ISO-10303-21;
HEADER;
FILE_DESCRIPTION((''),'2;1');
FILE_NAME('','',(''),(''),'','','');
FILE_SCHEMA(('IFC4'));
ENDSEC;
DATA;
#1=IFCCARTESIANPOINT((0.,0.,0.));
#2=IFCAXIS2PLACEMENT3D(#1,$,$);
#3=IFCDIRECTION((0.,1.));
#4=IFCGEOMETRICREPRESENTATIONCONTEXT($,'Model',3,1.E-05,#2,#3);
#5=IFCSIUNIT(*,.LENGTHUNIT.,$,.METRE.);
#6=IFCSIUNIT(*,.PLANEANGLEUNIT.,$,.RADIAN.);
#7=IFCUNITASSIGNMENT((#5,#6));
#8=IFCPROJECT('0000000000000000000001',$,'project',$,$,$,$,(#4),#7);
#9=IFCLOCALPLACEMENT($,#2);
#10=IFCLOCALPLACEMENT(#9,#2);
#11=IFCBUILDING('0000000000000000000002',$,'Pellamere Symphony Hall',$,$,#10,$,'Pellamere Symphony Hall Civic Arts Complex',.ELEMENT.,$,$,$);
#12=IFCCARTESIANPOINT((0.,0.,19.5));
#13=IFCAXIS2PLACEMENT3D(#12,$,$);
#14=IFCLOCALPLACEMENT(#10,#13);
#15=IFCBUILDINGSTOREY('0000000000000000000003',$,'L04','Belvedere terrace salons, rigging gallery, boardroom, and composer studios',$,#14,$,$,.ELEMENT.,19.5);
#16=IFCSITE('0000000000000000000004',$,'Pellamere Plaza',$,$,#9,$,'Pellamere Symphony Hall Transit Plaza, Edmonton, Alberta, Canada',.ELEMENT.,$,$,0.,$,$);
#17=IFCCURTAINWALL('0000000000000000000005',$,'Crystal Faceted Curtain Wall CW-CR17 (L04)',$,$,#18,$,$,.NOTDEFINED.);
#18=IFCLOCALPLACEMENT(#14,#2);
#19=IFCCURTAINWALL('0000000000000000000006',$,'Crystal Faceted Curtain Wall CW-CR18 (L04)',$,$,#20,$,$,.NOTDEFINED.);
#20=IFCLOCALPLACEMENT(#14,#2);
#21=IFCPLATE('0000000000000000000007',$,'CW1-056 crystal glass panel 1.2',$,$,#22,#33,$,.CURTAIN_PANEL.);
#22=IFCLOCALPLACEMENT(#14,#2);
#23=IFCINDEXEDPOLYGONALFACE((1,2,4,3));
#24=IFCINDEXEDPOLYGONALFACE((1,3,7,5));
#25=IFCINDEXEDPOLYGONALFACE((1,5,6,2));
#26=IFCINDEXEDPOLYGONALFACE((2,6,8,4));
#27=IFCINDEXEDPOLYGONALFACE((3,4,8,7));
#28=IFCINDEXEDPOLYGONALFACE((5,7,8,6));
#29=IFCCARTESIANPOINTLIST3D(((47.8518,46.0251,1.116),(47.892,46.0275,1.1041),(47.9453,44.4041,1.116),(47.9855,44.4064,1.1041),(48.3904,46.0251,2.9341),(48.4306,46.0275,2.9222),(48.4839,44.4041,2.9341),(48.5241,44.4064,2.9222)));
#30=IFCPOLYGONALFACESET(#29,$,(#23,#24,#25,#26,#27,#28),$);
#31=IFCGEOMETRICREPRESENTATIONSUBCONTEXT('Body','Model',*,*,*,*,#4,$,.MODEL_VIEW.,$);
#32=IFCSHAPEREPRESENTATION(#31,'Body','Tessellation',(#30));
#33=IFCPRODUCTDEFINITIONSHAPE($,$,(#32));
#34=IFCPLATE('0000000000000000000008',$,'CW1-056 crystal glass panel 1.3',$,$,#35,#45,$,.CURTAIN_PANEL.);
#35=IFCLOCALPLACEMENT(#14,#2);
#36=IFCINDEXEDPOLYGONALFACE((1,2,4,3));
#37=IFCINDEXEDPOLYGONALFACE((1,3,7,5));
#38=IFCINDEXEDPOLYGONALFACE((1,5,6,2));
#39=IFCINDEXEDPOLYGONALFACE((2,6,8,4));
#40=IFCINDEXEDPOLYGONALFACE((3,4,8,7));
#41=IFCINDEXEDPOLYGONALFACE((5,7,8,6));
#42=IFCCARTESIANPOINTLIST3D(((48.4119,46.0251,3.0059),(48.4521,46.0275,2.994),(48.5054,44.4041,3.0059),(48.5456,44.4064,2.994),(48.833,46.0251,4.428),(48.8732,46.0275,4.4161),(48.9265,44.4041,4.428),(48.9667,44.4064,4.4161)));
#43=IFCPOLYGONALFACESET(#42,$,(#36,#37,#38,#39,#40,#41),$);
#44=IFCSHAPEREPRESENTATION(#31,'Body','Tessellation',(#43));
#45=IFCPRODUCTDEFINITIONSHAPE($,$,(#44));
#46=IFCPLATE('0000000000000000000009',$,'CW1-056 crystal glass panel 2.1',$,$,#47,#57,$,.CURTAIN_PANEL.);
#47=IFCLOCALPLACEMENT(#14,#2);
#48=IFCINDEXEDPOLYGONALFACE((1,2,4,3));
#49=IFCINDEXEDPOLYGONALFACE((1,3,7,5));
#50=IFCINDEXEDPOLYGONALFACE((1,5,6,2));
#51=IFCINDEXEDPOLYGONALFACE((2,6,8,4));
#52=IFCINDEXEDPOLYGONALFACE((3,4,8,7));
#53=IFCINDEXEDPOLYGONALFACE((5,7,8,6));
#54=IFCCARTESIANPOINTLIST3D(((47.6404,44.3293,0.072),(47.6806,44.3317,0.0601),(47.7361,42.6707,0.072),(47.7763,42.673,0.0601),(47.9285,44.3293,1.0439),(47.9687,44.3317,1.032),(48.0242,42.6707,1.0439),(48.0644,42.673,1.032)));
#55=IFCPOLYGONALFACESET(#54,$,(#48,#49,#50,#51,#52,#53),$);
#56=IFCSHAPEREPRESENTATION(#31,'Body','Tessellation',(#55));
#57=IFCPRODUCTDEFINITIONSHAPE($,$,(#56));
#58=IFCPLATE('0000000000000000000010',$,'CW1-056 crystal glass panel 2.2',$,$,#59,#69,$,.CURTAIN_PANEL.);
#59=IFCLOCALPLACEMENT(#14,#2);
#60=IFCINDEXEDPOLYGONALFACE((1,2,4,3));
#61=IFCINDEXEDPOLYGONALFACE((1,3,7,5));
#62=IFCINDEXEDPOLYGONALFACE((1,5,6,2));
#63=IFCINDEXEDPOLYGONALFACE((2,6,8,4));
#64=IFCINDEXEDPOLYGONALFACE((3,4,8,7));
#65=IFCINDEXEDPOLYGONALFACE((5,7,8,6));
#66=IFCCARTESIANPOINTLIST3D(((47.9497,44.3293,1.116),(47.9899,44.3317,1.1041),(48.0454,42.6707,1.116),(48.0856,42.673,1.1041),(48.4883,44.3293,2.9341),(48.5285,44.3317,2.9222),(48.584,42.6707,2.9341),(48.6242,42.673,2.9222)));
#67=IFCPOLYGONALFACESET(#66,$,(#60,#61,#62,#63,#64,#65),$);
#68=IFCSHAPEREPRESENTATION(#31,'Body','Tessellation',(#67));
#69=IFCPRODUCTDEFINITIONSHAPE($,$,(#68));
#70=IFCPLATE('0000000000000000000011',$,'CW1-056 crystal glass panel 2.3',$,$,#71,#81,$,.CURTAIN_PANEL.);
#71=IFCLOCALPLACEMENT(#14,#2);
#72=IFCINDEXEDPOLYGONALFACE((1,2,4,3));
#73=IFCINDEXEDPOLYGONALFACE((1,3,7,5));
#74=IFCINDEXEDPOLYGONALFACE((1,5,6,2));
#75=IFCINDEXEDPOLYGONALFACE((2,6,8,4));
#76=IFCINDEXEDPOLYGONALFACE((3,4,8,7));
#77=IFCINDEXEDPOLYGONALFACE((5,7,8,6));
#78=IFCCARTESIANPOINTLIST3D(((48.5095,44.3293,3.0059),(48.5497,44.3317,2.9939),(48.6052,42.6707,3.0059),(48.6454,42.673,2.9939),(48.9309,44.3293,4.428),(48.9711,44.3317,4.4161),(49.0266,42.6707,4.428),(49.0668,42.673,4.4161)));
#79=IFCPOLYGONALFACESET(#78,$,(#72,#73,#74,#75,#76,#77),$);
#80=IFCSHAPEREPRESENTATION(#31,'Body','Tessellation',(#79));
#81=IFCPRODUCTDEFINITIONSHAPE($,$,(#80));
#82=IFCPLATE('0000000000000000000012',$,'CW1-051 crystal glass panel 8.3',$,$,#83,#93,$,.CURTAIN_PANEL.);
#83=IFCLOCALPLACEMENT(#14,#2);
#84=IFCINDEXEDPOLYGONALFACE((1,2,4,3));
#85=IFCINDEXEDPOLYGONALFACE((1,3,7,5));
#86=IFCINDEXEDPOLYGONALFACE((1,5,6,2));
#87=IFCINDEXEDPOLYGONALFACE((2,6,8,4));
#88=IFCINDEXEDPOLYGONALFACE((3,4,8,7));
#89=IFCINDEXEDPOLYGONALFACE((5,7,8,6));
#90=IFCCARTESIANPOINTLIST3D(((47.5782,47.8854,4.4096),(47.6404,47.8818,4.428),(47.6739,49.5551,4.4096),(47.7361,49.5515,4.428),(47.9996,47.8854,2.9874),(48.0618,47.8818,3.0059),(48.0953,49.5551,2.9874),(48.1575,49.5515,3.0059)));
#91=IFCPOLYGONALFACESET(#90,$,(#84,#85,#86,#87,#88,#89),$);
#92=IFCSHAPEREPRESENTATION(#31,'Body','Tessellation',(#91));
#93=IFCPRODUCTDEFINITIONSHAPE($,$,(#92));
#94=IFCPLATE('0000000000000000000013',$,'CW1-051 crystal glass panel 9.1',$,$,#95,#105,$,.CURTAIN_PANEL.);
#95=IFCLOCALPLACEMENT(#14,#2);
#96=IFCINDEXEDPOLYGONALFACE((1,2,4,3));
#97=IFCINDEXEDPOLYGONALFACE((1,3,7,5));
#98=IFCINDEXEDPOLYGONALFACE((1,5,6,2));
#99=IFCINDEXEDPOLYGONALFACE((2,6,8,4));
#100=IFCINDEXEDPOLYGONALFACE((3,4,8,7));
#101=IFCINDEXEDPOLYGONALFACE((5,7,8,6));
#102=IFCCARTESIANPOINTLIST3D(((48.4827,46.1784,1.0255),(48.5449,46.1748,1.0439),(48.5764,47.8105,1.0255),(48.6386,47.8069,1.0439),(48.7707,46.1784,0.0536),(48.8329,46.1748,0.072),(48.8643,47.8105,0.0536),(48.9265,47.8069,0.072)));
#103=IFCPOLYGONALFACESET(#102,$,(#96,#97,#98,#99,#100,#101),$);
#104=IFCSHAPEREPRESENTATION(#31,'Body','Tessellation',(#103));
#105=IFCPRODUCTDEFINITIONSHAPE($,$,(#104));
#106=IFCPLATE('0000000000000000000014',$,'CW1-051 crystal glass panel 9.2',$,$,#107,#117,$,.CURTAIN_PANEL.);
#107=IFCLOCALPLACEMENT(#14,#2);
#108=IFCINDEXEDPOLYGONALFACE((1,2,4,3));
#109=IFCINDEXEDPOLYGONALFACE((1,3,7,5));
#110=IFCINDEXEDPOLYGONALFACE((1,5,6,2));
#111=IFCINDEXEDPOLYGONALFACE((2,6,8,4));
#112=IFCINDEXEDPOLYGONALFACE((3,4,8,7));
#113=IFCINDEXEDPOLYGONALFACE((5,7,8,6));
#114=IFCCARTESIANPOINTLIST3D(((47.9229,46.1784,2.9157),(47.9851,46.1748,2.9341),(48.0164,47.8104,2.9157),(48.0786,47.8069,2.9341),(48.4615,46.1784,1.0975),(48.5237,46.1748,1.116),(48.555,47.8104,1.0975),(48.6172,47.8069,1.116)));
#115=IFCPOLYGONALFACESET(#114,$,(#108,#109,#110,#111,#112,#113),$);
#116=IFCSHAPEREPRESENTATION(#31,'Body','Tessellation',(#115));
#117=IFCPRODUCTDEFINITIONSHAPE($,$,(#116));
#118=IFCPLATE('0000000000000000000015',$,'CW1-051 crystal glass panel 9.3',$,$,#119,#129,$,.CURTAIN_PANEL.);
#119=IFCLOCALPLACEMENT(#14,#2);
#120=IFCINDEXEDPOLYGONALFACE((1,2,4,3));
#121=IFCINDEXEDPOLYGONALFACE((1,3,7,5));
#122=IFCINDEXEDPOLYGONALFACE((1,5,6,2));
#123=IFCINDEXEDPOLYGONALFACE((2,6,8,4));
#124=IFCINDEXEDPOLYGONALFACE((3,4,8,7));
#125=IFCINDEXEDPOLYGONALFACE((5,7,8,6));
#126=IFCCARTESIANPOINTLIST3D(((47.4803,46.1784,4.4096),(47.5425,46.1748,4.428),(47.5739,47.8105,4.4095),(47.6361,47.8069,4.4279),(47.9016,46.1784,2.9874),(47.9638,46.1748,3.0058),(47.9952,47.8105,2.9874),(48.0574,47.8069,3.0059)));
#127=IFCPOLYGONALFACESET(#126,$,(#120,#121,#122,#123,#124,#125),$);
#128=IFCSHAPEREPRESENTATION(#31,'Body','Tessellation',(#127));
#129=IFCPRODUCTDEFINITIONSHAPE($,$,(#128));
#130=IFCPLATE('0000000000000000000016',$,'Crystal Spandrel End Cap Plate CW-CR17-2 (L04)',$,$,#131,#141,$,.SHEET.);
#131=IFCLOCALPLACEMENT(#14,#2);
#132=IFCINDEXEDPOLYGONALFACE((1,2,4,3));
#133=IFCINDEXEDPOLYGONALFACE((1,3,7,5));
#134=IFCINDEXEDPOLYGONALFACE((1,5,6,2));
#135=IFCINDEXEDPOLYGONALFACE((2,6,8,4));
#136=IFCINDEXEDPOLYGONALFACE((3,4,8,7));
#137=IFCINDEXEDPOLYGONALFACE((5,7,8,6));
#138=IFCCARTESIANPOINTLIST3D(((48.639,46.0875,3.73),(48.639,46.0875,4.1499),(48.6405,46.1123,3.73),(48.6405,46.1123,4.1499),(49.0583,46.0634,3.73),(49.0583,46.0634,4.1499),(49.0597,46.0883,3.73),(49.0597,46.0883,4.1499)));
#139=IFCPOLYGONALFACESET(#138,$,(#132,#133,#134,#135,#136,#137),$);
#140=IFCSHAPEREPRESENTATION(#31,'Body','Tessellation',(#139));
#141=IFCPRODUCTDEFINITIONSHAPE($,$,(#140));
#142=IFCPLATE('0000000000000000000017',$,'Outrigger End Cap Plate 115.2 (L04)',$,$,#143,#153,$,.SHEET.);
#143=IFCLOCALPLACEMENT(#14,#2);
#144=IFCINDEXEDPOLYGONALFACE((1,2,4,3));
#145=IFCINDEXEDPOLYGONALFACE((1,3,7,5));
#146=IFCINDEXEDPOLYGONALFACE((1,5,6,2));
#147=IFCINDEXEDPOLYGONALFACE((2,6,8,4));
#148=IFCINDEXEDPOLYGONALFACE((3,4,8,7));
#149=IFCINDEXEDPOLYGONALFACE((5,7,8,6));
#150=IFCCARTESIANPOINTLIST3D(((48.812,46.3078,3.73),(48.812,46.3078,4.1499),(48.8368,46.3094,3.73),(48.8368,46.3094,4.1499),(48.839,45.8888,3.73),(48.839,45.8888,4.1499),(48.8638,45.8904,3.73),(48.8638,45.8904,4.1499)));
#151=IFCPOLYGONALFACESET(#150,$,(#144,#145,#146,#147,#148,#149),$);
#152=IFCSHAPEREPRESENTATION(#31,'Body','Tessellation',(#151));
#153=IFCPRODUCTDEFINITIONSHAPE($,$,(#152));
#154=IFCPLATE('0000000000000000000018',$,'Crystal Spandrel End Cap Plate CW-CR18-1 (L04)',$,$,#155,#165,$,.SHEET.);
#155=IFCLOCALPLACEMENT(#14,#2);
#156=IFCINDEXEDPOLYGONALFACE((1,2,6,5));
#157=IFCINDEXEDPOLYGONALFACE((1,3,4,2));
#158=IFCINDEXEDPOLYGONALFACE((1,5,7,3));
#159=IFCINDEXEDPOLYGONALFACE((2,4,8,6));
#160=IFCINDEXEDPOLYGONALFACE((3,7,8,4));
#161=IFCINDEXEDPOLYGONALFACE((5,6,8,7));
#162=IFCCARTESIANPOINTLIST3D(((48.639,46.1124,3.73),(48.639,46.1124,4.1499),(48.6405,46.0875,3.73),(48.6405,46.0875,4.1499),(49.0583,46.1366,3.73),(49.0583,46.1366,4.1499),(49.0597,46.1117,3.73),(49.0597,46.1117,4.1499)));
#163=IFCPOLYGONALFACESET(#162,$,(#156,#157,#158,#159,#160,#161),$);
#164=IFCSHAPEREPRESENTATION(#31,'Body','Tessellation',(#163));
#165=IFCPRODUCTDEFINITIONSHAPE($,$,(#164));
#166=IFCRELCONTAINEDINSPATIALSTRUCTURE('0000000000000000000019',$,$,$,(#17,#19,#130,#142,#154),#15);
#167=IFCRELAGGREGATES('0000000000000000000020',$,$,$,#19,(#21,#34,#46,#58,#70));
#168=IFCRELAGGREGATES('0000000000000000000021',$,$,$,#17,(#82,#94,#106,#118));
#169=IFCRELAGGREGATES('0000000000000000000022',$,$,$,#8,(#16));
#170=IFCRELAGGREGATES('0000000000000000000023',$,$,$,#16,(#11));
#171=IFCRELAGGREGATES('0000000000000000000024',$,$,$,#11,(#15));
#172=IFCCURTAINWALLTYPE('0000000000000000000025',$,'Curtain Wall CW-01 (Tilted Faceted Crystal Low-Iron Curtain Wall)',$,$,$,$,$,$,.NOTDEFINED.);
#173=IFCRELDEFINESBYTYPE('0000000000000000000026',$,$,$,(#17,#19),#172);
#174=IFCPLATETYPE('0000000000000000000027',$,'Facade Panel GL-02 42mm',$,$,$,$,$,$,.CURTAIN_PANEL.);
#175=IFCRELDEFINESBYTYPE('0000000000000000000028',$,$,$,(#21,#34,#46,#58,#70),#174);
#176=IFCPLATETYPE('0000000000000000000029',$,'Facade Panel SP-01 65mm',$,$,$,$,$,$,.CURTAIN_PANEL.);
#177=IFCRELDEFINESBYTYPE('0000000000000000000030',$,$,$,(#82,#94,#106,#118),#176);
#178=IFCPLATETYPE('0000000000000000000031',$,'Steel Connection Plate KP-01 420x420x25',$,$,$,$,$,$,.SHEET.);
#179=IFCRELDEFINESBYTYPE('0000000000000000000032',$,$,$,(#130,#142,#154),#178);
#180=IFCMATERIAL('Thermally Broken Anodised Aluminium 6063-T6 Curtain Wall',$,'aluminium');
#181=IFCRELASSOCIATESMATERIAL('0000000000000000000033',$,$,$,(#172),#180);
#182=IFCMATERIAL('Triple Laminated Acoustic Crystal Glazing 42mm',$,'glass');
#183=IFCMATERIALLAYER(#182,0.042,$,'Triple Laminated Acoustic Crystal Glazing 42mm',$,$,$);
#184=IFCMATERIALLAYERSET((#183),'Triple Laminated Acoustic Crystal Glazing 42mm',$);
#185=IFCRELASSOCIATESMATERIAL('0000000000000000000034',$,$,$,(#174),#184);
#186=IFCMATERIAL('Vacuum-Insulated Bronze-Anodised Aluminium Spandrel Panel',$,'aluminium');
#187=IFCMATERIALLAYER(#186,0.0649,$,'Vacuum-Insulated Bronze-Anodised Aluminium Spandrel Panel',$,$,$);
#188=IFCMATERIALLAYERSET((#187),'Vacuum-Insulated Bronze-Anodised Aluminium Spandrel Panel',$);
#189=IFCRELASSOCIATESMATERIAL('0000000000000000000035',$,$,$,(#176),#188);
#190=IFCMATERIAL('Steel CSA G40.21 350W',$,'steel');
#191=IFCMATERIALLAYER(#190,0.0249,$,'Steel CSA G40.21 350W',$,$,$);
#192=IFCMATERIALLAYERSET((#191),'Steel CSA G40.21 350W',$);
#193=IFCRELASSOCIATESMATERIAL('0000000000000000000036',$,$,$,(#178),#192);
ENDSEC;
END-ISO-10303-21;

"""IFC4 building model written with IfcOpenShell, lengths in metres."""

from ifc_helpers import new_model, si_unit, direction, frame, origin, origin_2d, place, context, subcontext, project, spatial, polyline, rectangle, outline, extrude, material, layer, layer_set, type_object, element, aggregate, save


model = new_model("IFC4")

# Units and contexts
model_context = context("Model", 3, precision=1e-05, world=origin(), true_north=direction((0.0, 1.0)))
body_context = subcontext(model_context, "Body", "Model", "MODEL_VIEW")
ifc_project = project(units=[si_unit("LENGTHUNIT", "METRE"), si_unit("PLANEANGLEUNIT", "RADIAN")], contexts=[model_context])

# Site, building, storey
site_placement = place(None, origin())
site = spatial("IfcSite", under=ifc_project, at=site_placement, Name="Pellamere Plaza", LongName="Pellamere Symphony Hall Transit Plaza, Edmonton, Alberta, Canada", CompositionType="ELEMENT", RefElevation=0.0)
building_placement = place(site_placement, origin())
building = spatial("IfcBuilding", under=site, at=building_placement, Name="Pellamere Symphony Hall", LongName="Pellamere Symphony Hall Civic Arts Complex", CompositionType="ELEMENT")
storey_placement = place(building_placement, frame((0.0, 0.0, 19.5)))
storey = spatial("IfcBuildingStorey", under=building, at=storey_placement, Name="L04", Description="Belvedere terrace salons, rigging gallery, boardroom, and composer studios", CompositionType="ELEMENT", Elevation=19.5)

# Curtain walls
ifc_material_1 = material(Name="Thermally Broken Anodised Aluminium 6063-T6 Curtain Wall", Category="aluminium")
curtain_wall_type = type_object("IfcCurtainWallType", Name="Curtain Wall CW-01 (Tilted Faceted Crystal Low-Iron Curtain Wall)", PredefinedType="NOTDEFINED", material=ifc_material_1)
curtain_wall_1_placement = place(storey_placement, origin())
curtain_wall_1 = element("IfcCurtainWall", 1, at=curtain_wall_1_placement, inside=storey, type_object=curtain_wall_type, Name="Crystal Faceted Curtain Wall CW-CR17 (L04)", PredefinedType="NOTDEFINED")
curtain_wall_2_placement = place(storey_placement, origin())
curtain_wall_2 = element("IfcCurtainWall", 2, at=curtain_wall_2_placement, inside=storey, type_object=curtain_wall_type, Name="Crystal Faceted Curtain Wall CW-CR18 (L04)", PredefinedType="NOTDEFINED")

# Shared definitions
ifc_material_2 = material(Name="Steel CSA G40.21 350W", Category="steel")

# Plates
ifc_material_3 = material(Name="Triple Laminated Acoustic Crystal Glazing 42mm", Category="glass")
ifc_layer_1 = layer(ifc_material_3, 0.042, Name="Triple Laminated Acoustic Crystal Glazing 42mm")
ifc_layer_set_1 = layer_set([ifc_layer_1], Name="Triple Laminated Acoustic Crystal Glazing 42mm")
plate_type_1 = type_object("IfcPlateType", Name="Facade Panel GL-02 42mm", PredefinedType="CURTAIN_PANEL", material=ifc_layer_set_1)
plate_1_placement = place(storey_placement, frame((47.8518, 46.0251, 1.116), z_axis=(-0.957353, -0.055221, 0.283594), x_axis=(0.057585, -0.998341, 0.0)))
plate_1 = element("IfcPlate", 3, at=plate_1_placement, type_object=plate_type_1, Name="CW1-056 crystal glass panel 1.2", PredefinedType="CURTAIN_PANEL", context=body_context, shape_type="SweptSolid", body=[
    extrude(outline(polyline([(0.0, 0.0), (1.6238, 0.0), (1.6548, 1.896), (0.031, 1.896), (0.0, 0.0)])), origin(), (0.0, 0.0, -1.0), 0.042),
])
plate_2_placement = place(storey_placement, frame((48.4119, 46.0251, 3.0059), z_axis=(-0.957377, -0.055222, 0.283515), x_axis=(0.057585, -0.998341, 0.0)))
plate_2 = element("IfcPlate", 4, at=plate_2_placement, type_object=plate_type_1, Name="CW1-056 crystal glass panel 1.3", PredefinedType="CURTAIN_PANEL", context=body_context, shape_type="SweptSolid", body=[
    extrude(outline(polyline([(0.0, 0.0), (1.6238, 0.0), (1.648, 1.483), (0.0243, 1.483), (0.0, 0.0)])), origin(), (0.0, 0.0, -1.0), 0.042),
])
plate_3_placement = place(storey_placement, frame((47.6404, 44.3293, 0.072), z_axis=(-0.957305, -0.055235, 0.283753), x_axis=(0.057602, -0.99834, 0.0)))
plate_3 = element("IfcPlate", 5, at=plate_3_placement, type_object=plate_type_1, Name="CW1-056 crystal glass panel 2.1", PredefinedType="CURTAIN_PANEL", context=body_context, shape_type="SweptSolid", body=[
    extrude(outline(polyline([(0.0, 0.0), (1.6615, 0.0), (1.678, 1.0136), (0.0166, 1.0136), (0.0, 0.0)])), origin(), (0.0, 0.0, -1.0), 0.042),
])
plate_4_placement = place(storey_placement, frame((47.9497, 44.3293, 1.116), z_axis=(-0.957352, -0.055237, 0.283593), x_axis=(0.057602, -0.99834, 0.0)))
plate_4 = element("IfcPlate", 6, at=plate_4_placement, type_object=plate_type_1, Name="CW1-056 crystal glass panel 2.2", PredefinedType="CURTAIN_PANEL", context=body_context, shape_type="SweptSolid", body=[
    extrude(outline(polyline([(0.0, 0.0), (1.6615, 0.0), (1.6925, 1.896), (0.031, 1.896), (0.0, 0.0)])), origin(), (0.0, 0.0, -1.0), 0.042),
])
plate_5_placement = place(storey_placement, frame((48.5095, 44.3293, 3.0059), z_axis=(-0.957331, -0.055236, 0.283666), x_axis=(0.057602, -0.99834, 0.0)))
plate_5 = element("IfcPlate", 7, at=plate_5_placement, type_object=plate_type_1, Name="CW1-056 crystal glass panel 2.3", PredefinedType="CURTAIN_PANEL", context=body_context, shape_type="SweptSolid", body=[
    extrude(outline(polyline([(0.0, 0.0), (1.6615, 0.0), (1.6857, 1.483), (0.0243, 1.483), (0.0, 0.0)])), origin(), (0.0, 0.0, -1.0), 0.042),
])
aggregate(curtain_wall_2, [plate_1, plate_2, plate_3, plate_4, plate_5])
ifc_material_4 = material(Name="Vacuum-Insulated Bronze-Anodised Aluminium Spandrel Panel", Category="aluminium")
ifc_layer_2 = layer(ifc_material_4, 0.0649, Name="Vacuum-Insulated Bronze-Anodised Aluminium Spandrel Panel")
ifc_layer_set_2 = layer_set([ifc_layer_2], Name="Vacuum-Insulated Bronze-Anodised Aluminium Spandrel Panel")
plate_type_2 = type_object("IfcPlateType", Name="Facade Panel SP-01 65mm", PredefinedType="CURTAIN_PANEL", material=ifc_layer_set_2)
plate_6_placement = place(storey_placement, frame((48.1575, 49.5515, 3.0059), z_axis=(0.95735, -0.054874, 0.283671), x_axis=(-0.057224, -0.998361, 0.0)))
plate_6 = element("IfcPlate", 8, at=plate_6_placement, type_object=plate_type_2, Name="CW1-051 crystal glass panel 8.3", PredefinedType="CURTAIN_PANEL", context=body_context, shape_type="SweptSolid", body=[
    extrude(outline(polyline([(0.0, 0.0), (1.6724, 0.0), (1.6965, -1.483), (0.0241, -1.483), (0.0, 0.0)])), origin(), (0.0, 0.0, -1.0), 0.0649),
])
plate_7_placement = place(storey_placement, frame((48.9265, 47.8069, 0.072), z_axis=(0.957355, -0.054921, 0.283647), x_axis=(-0.057267, -0.998359, -0.00002)))
plate_7 = element("IfcPlate", 9, at=plate_7_placement, type_object=plate_type_2, Name="CW1-051 crystal glass panel 9.1", PredefinedType="CURTAIN_PANEL", context=body_context, shape_type="SweptSolid", body=[
    extrude(outline(polyline([(0.0, 0.0), (1.6348, 0.0), (1.6512, -1.0136), (0.0165, -1.0135), (0.0, 0.0)])), origin(), (0.0, 0.0, -1.0), 0.0649),
])
plate_8_placement = place(storey_placement, frame((48.6172, 47.8069, 1.116), z_axis=(0.957373, -0.05485, 0.283599), x_axis=(-0.057199, -0.998363, 0.0)))
plate_8 = element("IfcPlate", 10, at=plate_8_placement, type_object=plate_type_2, Name="CW1-051 crystal glass panel 9.2", PredefinedType="CURTAIN_PANEL", context=body_context, shape_type="SweptSolid", body=[
    extrude(outline(polyline([(0.0, 0.0), (1.6348, 0.0), (1.6656, -1.896), (0.0308, -1.896), (0.0, 0.0)])), origin(), (0.0, 0.0, -1.0), 0.0649),
])
plate_9_placement = place(storey_placement, frame((48.0574, 47.8069, 3.0059), z_axis=(0.95737, -0.054922, 0.283595), x_axis=(-0.057267, -0.998359, -0.00002)))
plate_9 = element("IfcPlate", 11, at=plate_9_placement, type_object=plate_type_2, Name="CW1-051 crystal glass panel 9.3", PredefinedType="CURTAIN_PANEL", context=body_context, shape_type="SweptSolid", body=[
    extrude(outline(polyline([(0.0, 0.0), (1.6348, 0.0), (1.6589, -1.483), (0.0241, -1.483), (0.0, 0.0)])), origin(), (0.0, 0.0, -1.0), 0.0649),
])
aggregate(curtain_wall_1, [plate_6, plate_7, plate_8, plate_9])

# Plates
ifc_layer_3 = layer(ifc_material_2, 0.0249, Name="Steel CSA G40.21 350W")
ifc_layer_set_3 = layer_set([ifc_layer_3], Name="Steel CSA G40.21 350W")
plate_type_3 = type_object("IfcPlateType", Name="Steel Connection Plate KP-01 420x420x25", PredefinedType="SHEET", material=ifc_layer_set_3)
for number, where, z_axis, x_axis, name in (
    (12, (48.8494, 46.0879, 3.73), (0.0, 0.0, 1.0), (-0.057216, -0.998362, 0.0), "Crystal Spandrel End Cap Plate CW-CR17-2 (L04)"),
    (13, (48.8379, 46.0991, 3.73), (0.0, 0.0, 1.0), (-0.997927, -0.064358, 0.0), "Outrigger End Cap Plate 115.2 (L04)"),
    (14, (48.8494, 46.1121, 3.73), (0.0, 0.0, 1.0), (0.057564, -0.998342, 0.0), "Crystal Spandrel End Cap Plate CW-CR18-1 (L04)"),
):
    element("IfcPlate", number, at=place(storey_placement, frame(where, z_axis=z_axis, x_axis=x_axis)), inside=storey, type_object=plate_type_3, Name=name, PredefinedType="SHEET", context=body_context, shape_type="SweptSolid", body=[
        extrude(rectangle(XDim=0.0249, YDim=0.4199, at=origin_2d()), origin(), (0.0, 0.0, 1.0), 0.4199),
    ])

save(model, "model.ifc")
